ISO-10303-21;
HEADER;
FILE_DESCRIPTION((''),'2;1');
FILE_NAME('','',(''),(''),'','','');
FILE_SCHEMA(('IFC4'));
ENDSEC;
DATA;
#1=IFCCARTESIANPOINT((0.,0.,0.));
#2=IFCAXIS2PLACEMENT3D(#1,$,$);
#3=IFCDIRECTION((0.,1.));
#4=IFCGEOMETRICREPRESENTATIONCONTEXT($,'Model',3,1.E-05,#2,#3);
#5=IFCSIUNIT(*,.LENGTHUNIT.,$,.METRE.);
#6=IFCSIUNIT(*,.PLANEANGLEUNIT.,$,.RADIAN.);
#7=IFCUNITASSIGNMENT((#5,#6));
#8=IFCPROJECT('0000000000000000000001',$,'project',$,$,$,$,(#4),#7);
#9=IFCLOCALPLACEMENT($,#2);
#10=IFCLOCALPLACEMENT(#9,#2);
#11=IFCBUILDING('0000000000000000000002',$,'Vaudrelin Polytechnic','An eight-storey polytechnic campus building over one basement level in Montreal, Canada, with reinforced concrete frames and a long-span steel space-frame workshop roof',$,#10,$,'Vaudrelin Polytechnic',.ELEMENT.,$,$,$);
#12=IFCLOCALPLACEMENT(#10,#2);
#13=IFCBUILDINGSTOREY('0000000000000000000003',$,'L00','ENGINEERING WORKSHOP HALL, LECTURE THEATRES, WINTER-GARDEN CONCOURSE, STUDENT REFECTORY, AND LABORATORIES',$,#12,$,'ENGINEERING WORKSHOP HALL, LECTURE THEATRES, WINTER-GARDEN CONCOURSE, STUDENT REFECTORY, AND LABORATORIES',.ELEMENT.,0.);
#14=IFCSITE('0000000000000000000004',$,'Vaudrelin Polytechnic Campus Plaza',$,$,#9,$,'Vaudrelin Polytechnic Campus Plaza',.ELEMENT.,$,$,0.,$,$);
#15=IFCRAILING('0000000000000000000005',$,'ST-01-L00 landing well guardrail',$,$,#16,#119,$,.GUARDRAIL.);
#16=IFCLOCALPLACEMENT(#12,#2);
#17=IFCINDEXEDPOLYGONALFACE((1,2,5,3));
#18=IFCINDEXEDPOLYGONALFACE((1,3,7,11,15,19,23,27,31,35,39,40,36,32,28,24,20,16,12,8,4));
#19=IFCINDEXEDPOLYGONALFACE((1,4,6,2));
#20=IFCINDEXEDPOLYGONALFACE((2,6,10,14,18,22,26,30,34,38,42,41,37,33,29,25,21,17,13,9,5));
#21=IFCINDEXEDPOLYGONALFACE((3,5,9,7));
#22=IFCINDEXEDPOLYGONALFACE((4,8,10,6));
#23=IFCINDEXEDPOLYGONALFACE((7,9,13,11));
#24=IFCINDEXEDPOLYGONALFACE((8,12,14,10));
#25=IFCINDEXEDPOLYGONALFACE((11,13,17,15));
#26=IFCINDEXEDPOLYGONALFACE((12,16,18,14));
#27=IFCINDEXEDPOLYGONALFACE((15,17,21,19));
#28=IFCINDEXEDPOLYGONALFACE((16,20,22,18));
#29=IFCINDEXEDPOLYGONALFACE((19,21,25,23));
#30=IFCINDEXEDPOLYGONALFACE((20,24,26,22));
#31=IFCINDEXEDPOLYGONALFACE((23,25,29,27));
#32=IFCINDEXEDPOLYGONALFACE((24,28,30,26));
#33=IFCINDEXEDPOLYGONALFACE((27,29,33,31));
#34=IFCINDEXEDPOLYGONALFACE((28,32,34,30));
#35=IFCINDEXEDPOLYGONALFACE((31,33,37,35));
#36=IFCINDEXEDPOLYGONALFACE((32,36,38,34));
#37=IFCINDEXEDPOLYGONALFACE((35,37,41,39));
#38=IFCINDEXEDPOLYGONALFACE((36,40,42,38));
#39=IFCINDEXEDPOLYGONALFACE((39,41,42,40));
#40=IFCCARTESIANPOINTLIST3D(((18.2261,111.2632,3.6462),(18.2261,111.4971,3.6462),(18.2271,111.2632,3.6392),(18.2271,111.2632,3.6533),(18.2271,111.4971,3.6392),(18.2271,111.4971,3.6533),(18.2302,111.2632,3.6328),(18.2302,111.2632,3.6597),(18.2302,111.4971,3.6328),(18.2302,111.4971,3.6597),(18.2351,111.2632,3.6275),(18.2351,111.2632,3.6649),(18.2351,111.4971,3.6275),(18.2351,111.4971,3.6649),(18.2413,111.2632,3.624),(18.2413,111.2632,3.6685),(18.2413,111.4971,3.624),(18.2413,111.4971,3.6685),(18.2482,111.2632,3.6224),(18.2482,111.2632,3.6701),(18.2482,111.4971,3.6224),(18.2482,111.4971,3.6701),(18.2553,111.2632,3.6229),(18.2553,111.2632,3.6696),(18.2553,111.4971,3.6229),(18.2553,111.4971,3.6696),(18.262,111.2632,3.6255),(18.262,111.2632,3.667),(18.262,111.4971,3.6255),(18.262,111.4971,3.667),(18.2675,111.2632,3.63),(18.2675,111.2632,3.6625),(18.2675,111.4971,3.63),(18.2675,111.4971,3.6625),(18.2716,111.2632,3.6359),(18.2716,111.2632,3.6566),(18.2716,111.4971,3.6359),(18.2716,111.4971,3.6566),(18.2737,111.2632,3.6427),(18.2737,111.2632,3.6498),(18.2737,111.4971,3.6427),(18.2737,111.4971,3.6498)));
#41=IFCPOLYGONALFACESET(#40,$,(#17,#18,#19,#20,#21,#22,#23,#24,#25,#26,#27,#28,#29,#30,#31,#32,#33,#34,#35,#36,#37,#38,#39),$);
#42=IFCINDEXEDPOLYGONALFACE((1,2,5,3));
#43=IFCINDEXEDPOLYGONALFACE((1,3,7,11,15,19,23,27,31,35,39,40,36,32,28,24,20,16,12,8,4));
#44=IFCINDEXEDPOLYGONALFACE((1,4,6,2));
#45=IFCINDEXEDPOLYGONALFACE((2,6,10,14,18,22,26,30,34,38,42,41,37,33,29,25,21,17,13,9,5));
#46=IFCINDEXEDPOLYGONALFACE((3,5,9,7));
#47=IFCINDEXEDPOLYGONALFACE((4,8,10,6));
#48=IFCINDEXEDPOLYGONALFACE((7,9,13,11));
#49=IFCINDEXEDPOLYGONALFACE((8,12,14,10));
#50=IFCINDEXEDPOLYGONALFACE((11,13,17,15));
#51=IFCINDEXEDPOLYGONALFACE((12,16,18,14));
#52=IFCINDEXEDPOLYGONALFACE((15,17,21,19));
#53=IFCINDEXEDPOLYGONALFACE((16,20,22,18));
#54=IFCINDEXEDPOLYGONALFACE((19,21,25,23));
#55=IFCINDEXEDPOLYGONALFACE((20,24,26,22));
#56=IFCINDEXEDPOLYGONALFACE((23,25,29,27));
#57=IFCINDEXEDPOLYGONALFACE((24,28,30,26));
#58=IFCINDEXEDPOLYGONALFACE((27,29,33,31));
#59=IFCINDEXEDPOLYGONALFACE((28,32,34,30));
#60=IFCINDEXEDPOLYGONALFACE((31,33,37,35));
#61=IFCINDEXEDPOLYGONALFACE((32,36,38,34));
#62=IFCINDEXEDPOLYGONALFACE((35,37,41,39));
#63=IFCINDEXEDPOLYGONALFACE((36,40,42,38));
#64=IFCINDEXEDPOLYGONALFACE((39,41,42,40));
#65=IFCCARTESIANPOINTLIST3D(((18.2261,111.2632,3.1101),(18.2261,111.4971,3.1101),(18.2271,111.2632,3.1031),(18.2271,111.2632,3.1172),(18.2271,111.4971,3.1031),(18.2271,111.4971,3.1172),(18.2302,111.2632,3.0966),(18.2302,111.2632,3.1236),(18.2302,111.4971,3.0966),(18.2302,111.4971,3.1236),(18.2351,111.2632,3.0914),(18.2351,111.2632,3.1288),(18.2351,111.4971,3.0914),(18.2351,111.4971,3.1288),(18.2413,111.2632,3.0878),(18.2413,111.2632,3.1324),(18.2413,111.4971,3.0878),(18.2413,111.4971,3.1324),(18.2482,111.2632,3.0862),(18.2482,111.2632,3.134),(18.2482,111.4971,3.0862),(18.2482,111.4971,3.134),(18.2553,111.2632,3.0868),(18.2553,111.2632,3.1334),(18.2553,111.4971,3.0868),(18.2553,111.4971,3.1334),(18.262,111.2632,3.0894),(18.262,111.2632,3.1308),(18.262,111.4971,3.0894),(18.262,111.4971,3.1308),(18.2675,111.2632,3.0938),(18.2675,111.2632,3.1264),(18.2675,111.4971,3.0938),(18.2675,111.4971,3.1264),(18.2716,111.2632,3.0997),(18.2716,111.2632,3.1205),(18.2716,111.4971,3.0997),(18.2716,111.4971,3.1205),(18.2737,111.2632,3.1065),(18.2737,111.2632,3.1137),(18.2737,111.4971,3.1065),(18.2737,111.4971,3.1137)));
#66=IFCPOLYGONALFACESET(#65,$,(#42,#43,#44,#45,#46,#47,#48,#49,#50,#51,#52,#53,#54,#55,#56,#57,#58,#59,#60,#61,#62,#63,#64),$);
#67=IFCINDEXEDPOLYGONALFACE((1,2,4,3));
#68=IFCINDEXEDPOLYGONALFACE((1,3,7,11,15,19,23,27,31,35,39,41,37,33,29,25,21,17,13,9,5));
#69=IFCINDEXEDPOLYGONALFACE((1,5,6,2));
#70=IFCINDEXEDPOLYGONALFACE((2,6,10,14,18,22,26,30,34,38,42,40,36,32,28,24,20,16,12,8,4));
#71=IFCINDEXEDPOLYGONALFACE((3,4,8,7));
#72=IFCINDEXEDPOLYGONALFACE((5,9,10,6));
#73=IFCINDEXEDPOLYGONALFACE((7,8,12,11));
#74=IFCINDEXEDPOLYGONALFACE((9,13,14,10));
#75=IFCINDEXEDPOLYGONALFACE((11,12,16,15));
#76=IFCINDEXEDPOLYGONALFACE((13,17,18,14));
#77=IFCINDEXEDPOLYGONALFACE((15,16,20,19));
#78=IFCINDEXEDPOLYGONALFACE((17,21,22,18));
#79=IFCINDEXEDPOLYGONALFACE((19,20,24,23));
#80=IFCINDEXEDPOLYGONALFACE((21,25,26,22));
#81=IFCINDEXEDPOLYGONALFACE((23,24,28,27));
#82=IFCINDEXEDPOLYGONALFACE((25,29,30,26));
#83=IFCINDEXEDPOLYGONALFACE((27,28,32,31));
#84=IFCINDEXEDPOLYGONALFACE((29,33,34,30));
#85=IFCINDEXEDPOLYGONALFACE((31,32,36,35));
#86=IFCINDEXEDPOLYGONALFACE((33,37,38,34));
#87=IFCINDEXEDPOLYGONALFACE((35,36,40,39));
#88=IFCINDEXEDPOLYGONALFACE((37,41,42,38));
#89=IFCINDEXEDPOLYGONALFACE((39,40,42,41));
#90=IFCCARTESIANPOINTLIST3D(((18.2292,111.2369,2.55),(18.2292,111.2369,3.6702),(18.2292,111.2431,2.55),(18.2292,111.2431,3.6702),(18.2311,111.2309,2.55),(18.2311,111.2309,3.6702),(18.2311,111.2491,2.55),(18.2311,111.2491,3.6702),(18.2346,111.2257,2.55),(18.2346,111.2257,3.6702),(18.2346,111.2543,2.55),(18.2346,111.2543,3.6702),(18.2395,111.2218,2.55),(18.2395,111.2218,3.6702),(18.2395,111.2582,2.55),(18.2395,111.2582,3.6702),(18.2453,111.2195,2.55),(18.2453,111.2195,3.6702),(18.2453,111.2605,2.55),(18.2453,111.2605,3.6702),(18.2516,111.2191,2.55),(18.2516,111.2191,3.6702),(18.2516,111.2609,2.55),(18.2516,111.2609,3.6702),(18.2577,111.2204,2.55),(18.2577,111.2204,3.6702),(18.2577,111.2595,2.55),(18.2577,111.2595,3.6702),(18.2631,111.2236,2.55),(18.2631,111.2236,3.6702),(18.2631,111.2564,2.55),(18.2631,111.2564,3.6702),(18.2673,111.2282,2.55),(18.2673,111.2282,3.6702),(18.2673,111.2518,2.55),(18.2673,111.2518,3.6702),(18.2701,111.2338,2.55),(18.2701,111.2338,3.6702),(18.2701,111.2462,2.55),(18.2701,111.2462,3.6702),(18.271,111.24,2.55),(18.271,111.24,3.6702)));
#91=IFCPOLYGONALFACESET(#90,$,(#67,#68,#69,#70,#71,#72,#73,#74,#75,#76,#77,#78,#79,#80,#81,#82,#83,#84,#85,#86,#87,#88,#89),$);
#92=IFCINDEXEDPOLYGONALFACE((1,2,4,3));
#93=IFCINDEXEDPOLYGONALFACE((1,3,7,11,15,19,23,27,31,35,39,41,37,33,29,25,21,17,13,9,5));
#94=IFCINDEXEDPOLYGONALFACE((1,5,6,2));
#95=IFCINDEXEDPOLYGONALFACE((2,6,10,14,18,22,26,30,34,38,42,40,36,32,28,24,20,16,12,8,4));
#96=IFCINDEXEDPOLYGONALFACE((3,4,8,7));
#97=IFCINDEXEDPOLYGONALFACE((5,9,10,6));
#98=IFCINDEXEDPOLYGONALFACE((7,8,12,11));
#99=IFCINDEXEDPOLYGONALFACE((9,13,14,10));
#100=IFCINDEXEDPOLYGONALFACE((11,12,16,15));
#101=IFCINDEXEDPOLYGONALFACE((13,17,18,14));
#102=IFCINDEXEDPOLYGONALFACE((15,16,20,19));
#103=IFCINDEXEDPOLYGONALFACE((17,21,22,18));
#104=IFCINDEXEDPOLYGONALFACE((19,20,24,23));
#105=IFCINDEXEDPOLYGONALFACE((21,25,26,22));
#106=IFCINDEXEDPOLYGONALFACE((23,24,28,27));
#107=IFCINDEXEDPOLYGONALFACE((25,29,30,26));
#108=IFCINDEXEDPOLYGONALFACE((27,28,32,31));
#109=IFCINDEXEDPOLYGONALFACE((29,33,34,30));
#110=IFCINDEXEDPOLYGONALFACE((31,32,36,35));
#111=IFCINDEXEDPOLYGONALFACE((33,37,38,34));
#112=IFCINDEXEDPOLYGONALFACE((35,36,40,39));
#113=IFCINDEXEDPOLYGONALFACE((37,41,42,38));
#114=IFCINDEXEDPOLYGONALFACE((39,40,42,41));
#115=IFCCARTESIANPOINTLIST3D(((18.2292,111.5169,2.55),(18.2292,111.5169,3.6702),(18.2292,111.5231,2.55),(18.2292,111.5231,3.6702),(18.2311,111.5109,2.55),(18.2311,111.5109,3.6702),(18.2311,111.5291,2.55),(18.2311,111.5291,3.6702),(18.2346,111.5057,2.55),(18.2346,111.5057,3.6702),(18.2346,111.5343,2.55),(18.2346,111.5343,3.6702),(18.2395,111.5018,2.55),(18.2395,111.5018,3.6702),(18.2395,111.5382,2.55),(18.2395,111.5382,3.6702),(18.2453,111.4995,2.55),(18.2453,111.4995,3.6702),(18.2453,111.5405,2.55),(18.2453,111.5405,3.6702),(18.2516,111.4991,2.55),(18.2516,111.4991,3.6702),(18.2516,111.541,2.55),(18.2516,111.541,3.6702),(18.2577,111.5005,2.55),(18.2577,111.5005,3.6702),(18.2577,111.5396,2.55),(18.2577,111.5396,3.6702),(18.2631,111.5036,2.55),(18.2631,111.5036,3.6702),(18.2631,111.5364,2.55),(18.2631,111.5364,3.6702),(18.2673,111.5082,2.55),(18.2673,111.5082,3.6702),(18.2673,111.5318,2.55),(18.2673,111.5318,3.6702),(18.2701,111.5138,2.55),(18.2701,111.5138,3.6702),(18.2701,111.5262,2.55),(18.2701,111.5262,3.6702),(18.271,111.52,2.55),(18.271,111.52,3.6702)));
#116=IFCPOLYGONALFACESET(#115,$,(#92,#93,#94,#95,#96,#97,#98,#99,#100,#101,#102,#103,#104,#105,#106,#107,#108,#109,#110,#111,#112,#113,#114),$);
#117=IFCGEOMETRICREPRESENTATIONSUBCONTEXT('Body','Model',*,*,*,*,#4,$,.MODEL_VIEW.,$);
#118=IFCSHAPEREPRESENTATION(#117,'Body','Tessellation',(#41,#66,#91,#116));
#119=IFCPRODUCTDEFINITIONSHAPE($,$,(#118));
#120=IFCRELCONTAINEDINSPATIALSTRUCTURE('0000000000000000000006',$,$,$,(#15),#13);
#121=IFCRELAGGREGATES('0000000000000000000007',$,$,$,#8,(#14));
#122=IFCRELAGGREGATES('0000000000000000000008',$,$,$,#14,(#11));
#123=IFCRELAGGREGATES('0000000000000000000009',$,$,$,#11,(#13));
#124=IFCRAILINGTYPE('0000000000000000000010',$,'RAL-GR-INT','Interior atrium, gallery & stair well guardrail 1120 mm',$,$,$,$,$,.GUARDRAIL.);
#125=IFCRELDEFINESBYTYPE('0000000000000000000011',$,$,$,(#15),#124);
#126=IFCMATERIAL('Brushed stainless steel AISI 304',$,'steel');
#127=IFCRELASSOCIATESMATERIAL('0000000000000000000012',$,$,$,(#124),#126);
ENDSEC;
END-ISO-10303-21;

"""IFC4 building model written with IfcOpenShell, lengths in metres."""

from ifc_helpers import new_model, si_unit, direction, frame, origin, origin_2d, place, context, subcontext, project, spatial, circle, extrude, material, type_object, element, save


model = new_model("IFC4")

# Units and contexts
model_context = context("Model", 3, precision=1e-05, world=origin(), true_north=direction((0.0, 1.0)))
body_context = subcontext(model_context, "Body", "Model", "MODEL_VIEW")
ifc_project = project(units=[si_unit("LENGTHUNIT", "METRE"), si_unit("PLANEANGLEUNIT", "RADIAN")], contexts=[model_context])

# Site, building, storey
site_placement = place(None, origin())
site = spatial("IfcSite", under=ifc_project, at=site_placement, Name="Vaudrelin Polytechnic Campus Plaza", LongName="Vaudrelin Polytechnic Campus Plaza", CompositionType="ELEMENT", RefElevation=0.0)
building_placement = place(site_placement, origin())
building = spatial("IfcBuilding", under=site, at=building_placement, Name="Vaudrelin Polytechnic", Description="An eight-storey polytechnic campus building over one basement level in Montreal, Canada, with reinforced concrete frames and a long-span steel space-frame workshop roof", LongName="Vaudrelin Polytechnic", CompositionType="ELEMENT")
storey_placement = place(building_placement, origin())
storey = spatial("IfcBuildingStorey", under=building, at=storey_placement, Name="L00", Description="ENGINEERING WORKSHOP HALL, LECTURE THEATRES, WINTER-GARDEN CONCOURSE, STUDENT REFECTORY, AND LABORATORIES", LongName="ENGINEERING WORKSHOP HALL, LECTURE THEATRES, WINTER-GARDEN CONCOURSE, STUDENT REFECTORY, AND LABORATORIES", CompositionType="ELEMENT", Elevation=0.0)

# Railing
ifc_material_1 = material(Name="Brushed stainless steel AISI 304", Category="steel")
railing_type_1 = type_object("IfcRailingType", Name="RAL-GR-INT", Description="Interior atrium, gallery & stair well guardrail 1120 mm", PredefinedType="GUARDRAIL", material=ifc_material_1)
railing_1_placement = place(storey_placement, frame((18.25, 111.24, 2.55)))
element("IfcRailing", 1, at=railing_1_placement, inside=storey, type_object=railing_type_1, Name="ST-01-L00 landing well guardrail", PredefinedType="GUARDRAIL", context=body_context, shape_type="SweptSolid", body=[
    extrude(circle(Radius=0.0239, at=origin_2d()), frame((0.0, 0.0232, 1.0962), z_axis=(0.0, 1.0, 0.0), x_axis=(-1.0, 0.0, 0.0)), (0.0, 0.0, 1.0), 0.2339),
    extrude(circle(Radius=0.0239, at=origin_2d()), frame((0.0, 0.0232, 0.5601), z_axis=(0.0, 1.0, 0.0), x_axis=(-1.0, 0.0, 0.0)), (0.0, 0.0, 1.0), 0.2339),
    extrude(circle(Radius=0.021, at=origin_2d()), origin(), (0.0, 0.0, 1.0), 1.1201),
    extrude(circle(Radius=0.021, at=origin_2d()), frame((0.0, 0.28, 0.0)), (0.0, 0.0, 1.0), 1.1201),
])

save(model, "model.ifc")
